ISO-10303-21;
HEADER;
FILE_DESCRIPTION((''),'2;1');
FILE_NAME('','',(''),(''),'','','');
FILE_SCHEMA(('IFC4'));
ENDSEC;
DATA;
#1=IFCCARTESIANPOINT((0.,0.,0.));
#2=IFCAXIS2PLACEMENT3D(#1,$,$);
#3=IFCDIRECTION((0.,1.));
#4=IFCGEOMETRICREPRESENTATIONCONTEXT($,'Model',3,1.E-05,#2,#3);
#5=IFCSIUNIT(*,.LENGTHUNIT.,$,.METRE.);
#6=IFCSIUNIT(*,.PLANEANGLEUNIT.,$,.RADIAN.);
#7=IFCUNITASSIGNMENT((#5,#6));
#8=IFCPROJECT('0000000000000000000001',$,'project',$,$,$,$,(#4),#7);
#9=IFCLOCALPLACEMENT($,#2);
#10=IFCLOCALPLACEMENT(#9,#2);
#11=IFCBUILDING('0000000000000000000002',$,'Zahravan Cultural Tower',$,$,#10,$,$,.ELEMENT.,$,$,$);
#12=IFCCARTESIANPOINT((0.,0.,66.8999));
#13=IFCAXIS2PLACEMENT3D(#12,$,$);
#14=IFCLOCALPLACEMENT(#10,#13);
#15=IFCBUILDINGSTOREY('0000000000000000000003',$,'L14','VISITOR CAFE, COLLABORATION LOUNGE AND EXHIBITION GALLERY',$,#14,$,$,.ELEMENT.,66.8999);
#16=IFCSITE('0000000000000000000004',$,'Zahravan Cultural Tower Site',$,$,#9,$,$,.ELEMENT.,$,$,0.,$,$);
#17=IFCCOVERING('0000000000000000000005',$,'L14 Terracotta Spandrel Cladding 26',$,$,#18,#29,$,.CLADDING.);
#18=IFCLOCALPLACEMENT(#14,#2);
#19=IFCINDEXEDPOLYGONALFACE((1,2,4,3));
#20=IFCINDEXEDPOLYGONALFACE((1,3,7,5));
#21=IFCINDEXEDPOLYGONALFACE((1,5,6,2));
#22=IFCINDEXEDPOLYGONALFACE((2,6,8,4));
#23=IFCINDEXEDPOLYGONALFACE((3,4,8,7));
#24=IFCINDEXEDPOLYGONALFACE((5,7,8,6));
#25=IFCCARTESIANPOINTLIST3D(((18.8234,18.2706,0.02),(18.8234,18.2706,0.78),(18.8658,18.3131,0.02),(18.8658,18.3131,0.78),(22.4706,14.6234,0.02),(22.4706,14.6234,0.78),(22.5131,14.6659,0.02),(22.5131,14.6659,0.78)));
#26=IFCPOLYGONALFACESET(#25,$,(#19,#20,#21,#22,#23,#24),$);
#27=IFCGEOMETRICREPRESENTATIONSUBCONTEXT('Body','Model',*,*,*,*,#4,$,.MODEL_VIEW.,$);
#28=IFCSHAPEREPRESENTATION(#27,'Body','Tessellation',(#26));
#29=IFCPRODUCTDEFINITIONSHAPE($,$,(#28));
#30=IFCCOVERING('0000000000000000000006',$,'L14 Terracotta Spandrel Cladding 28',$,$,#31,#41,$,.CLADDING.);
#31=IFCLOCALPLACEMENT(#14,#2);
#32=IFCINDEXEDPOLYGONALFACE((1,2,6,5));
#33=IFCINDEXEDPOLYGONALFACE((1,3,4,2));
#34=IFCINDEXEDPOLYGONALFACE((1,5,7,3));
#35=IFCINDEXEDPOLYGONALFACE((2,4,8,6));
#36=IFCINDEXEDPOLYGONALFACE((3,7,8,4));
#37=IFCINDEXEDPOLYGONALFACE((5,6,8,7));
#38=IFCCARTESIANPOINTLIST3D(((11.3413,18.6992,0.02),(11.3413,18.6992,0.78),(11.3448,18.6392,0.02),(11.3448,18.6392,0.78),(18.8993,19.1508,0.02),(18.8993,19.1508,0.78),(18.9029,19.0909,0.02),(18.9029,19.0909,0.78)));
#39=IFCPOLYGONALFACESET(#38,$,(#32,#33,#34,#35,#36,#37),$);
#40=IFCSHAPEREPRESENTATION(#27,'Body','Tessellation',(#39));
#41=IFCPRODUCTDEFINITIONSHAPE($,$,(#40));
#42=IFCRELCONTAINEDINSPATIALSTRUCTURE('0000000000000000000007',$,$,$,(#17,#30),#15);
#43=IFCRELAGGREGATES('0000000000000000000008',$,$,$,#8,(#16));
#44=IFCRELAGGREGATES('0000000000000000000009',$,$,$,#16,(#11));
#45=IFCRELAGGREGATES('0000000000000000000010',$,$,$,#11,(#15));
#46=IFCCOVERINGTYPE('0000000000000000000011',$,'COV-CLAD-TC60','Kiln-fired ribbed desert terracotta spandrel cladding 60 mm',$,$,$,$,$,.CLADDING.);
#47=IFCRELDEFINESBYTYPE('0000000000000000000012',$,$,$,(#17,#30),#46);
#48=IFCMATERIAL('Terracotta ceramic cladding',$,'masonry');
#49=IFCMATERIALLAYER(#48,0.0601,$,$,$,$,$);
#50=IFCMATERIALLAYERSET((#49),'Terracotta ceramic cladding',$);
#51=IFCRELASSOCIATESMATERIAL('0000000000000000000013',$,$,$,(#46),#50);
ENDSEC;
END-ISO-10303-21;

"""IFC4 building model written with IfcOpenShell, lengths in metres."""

from ifc_helpers import new_model, si_unit, direction, frame, origin, origin_2d, place, context, subcontext, project, spatial, rectangle, extrude, source, transform, mapped, material, layer, layer_set, type_object, element, save


model = new_model("IFC4")

# Units and contexts
model_context = context("Model", 3, precision=1e-05, world=origin(), true_north=direction((0.0, 1.0)))
body_context = subcontext(model_context, "Body", "Model", "MODEL_VIEW")
ifc_project = project(units=[si_unit("LENGTHUNIT", "METRE"), si_unit("PLANEANGLEUNIT", "RADIAN")], contexts=[model_context])

# Site, building, storey
site_placement = place(None, origin())
site = spatial("IfcSite", under=ifc_project, at=site_placement, Name="Zahravan Cultural Tower Site", CompositionType="ELEMENT", RefElevation=0.0)
building_placement = place(site_placement, origin())
building = spatial("IfcBuilding", under=site, at=building_placement, Name="Zahravan Cultural Tower", CompositionType="ELEMENT")
storey_placement = place(building_placement, frame((0.0, 0.0, 66.8999)))
storey = spatial("IfcBuildingStorey", under=building, at=storey_placement, Name="L14", Description="VISITOR CAFE, COLLABORATION LOUNGE AND EXHIBITION GALLERY", CompositionType="ELEMENT", Elevation=66.8999)

# Coverings
ifc_material_1 = material(Name="Terracotta ceramic cladding", Category="masonry")
ifc_layer_1 = layer(ifc_material_1, 0.0601)
ifc_layer_set_1 = layer_set([ifc_layer_1], Name="Terracotta ceramic cladding")
covering_type_1 = type_object("IfcCoveringType", Name="COV-CLAD-TC60", Description="Kiln-fired ribbed desert terracotta spandrel cladding 60 mm", PredefinedType="CLADDING", material=ifc_layer_set_1)
shared_shape_1 = source(origin(), body_context, "Body", "SweptSolid", [
    extrude(rectangle(XDim=5.158, YDim=0.0601, at=origin_2d()), origin(), (0.0, 0.0, 1.0), 0.76),
])
covering_1_placement = place(storey_placement, frame((20.6682, 16.4683, 0.02), z_axis=(0.0, 0.0, 1.0), x_axis=(-0.707107, 0.707107, 0.0)))
element("IfcCovering", 1, at=covering_1_placement, inside=storey, type_object=covering_type_1, Name="L14 Terracotta Spandrel Cladding 26", PredefinedType="CLADDING", context=body_context, shape_type="MappedRepresentation", body=[
    mapped(shared_shape_1, transform((0.0, 0.0, 0.0), x_axis=(1.0, 0.0, 0.0), y_axis=(0.0, 1.0, 0.0), z_axis=(0.0, 0.0, 1.0), scale=1.0)),
])
shared_shape_2 = source(origin(), body_context, "Body", "SweptSolid", [
    extrude(rectangle(XDim=7.5715, YDim=0.0601, at=origin_2d()), origin(), (0.0, 0.0, 1.0), 0.76),
])
covering_2_placement = place(storey_placement, frame((15.1221, 18.895, 0.02), z_axis=(0.0, 0.0, 1.0), x_axis=(-0.998219, -0.059655, 0.0)))
element("IfcCovering", 2, at=covering_2_placement, inside=storey, type_object=covering_type_1, Name="L14 Terracotta Spandrel Cladding 28", PredefinedType="CLADDING", context=body_context, shape_type="MappedRepresentation", body=[
    mapped(shared_shape_2, transform((0.0, 0.0, 0.0), x_axis=(1.0, 0.0, 0.0), y_axis=(0.0, 1.0, 0.0), z_axis=(0.0, 0.0, 1.0), scale=1.0)),
])

save(model, "model.ifc")
